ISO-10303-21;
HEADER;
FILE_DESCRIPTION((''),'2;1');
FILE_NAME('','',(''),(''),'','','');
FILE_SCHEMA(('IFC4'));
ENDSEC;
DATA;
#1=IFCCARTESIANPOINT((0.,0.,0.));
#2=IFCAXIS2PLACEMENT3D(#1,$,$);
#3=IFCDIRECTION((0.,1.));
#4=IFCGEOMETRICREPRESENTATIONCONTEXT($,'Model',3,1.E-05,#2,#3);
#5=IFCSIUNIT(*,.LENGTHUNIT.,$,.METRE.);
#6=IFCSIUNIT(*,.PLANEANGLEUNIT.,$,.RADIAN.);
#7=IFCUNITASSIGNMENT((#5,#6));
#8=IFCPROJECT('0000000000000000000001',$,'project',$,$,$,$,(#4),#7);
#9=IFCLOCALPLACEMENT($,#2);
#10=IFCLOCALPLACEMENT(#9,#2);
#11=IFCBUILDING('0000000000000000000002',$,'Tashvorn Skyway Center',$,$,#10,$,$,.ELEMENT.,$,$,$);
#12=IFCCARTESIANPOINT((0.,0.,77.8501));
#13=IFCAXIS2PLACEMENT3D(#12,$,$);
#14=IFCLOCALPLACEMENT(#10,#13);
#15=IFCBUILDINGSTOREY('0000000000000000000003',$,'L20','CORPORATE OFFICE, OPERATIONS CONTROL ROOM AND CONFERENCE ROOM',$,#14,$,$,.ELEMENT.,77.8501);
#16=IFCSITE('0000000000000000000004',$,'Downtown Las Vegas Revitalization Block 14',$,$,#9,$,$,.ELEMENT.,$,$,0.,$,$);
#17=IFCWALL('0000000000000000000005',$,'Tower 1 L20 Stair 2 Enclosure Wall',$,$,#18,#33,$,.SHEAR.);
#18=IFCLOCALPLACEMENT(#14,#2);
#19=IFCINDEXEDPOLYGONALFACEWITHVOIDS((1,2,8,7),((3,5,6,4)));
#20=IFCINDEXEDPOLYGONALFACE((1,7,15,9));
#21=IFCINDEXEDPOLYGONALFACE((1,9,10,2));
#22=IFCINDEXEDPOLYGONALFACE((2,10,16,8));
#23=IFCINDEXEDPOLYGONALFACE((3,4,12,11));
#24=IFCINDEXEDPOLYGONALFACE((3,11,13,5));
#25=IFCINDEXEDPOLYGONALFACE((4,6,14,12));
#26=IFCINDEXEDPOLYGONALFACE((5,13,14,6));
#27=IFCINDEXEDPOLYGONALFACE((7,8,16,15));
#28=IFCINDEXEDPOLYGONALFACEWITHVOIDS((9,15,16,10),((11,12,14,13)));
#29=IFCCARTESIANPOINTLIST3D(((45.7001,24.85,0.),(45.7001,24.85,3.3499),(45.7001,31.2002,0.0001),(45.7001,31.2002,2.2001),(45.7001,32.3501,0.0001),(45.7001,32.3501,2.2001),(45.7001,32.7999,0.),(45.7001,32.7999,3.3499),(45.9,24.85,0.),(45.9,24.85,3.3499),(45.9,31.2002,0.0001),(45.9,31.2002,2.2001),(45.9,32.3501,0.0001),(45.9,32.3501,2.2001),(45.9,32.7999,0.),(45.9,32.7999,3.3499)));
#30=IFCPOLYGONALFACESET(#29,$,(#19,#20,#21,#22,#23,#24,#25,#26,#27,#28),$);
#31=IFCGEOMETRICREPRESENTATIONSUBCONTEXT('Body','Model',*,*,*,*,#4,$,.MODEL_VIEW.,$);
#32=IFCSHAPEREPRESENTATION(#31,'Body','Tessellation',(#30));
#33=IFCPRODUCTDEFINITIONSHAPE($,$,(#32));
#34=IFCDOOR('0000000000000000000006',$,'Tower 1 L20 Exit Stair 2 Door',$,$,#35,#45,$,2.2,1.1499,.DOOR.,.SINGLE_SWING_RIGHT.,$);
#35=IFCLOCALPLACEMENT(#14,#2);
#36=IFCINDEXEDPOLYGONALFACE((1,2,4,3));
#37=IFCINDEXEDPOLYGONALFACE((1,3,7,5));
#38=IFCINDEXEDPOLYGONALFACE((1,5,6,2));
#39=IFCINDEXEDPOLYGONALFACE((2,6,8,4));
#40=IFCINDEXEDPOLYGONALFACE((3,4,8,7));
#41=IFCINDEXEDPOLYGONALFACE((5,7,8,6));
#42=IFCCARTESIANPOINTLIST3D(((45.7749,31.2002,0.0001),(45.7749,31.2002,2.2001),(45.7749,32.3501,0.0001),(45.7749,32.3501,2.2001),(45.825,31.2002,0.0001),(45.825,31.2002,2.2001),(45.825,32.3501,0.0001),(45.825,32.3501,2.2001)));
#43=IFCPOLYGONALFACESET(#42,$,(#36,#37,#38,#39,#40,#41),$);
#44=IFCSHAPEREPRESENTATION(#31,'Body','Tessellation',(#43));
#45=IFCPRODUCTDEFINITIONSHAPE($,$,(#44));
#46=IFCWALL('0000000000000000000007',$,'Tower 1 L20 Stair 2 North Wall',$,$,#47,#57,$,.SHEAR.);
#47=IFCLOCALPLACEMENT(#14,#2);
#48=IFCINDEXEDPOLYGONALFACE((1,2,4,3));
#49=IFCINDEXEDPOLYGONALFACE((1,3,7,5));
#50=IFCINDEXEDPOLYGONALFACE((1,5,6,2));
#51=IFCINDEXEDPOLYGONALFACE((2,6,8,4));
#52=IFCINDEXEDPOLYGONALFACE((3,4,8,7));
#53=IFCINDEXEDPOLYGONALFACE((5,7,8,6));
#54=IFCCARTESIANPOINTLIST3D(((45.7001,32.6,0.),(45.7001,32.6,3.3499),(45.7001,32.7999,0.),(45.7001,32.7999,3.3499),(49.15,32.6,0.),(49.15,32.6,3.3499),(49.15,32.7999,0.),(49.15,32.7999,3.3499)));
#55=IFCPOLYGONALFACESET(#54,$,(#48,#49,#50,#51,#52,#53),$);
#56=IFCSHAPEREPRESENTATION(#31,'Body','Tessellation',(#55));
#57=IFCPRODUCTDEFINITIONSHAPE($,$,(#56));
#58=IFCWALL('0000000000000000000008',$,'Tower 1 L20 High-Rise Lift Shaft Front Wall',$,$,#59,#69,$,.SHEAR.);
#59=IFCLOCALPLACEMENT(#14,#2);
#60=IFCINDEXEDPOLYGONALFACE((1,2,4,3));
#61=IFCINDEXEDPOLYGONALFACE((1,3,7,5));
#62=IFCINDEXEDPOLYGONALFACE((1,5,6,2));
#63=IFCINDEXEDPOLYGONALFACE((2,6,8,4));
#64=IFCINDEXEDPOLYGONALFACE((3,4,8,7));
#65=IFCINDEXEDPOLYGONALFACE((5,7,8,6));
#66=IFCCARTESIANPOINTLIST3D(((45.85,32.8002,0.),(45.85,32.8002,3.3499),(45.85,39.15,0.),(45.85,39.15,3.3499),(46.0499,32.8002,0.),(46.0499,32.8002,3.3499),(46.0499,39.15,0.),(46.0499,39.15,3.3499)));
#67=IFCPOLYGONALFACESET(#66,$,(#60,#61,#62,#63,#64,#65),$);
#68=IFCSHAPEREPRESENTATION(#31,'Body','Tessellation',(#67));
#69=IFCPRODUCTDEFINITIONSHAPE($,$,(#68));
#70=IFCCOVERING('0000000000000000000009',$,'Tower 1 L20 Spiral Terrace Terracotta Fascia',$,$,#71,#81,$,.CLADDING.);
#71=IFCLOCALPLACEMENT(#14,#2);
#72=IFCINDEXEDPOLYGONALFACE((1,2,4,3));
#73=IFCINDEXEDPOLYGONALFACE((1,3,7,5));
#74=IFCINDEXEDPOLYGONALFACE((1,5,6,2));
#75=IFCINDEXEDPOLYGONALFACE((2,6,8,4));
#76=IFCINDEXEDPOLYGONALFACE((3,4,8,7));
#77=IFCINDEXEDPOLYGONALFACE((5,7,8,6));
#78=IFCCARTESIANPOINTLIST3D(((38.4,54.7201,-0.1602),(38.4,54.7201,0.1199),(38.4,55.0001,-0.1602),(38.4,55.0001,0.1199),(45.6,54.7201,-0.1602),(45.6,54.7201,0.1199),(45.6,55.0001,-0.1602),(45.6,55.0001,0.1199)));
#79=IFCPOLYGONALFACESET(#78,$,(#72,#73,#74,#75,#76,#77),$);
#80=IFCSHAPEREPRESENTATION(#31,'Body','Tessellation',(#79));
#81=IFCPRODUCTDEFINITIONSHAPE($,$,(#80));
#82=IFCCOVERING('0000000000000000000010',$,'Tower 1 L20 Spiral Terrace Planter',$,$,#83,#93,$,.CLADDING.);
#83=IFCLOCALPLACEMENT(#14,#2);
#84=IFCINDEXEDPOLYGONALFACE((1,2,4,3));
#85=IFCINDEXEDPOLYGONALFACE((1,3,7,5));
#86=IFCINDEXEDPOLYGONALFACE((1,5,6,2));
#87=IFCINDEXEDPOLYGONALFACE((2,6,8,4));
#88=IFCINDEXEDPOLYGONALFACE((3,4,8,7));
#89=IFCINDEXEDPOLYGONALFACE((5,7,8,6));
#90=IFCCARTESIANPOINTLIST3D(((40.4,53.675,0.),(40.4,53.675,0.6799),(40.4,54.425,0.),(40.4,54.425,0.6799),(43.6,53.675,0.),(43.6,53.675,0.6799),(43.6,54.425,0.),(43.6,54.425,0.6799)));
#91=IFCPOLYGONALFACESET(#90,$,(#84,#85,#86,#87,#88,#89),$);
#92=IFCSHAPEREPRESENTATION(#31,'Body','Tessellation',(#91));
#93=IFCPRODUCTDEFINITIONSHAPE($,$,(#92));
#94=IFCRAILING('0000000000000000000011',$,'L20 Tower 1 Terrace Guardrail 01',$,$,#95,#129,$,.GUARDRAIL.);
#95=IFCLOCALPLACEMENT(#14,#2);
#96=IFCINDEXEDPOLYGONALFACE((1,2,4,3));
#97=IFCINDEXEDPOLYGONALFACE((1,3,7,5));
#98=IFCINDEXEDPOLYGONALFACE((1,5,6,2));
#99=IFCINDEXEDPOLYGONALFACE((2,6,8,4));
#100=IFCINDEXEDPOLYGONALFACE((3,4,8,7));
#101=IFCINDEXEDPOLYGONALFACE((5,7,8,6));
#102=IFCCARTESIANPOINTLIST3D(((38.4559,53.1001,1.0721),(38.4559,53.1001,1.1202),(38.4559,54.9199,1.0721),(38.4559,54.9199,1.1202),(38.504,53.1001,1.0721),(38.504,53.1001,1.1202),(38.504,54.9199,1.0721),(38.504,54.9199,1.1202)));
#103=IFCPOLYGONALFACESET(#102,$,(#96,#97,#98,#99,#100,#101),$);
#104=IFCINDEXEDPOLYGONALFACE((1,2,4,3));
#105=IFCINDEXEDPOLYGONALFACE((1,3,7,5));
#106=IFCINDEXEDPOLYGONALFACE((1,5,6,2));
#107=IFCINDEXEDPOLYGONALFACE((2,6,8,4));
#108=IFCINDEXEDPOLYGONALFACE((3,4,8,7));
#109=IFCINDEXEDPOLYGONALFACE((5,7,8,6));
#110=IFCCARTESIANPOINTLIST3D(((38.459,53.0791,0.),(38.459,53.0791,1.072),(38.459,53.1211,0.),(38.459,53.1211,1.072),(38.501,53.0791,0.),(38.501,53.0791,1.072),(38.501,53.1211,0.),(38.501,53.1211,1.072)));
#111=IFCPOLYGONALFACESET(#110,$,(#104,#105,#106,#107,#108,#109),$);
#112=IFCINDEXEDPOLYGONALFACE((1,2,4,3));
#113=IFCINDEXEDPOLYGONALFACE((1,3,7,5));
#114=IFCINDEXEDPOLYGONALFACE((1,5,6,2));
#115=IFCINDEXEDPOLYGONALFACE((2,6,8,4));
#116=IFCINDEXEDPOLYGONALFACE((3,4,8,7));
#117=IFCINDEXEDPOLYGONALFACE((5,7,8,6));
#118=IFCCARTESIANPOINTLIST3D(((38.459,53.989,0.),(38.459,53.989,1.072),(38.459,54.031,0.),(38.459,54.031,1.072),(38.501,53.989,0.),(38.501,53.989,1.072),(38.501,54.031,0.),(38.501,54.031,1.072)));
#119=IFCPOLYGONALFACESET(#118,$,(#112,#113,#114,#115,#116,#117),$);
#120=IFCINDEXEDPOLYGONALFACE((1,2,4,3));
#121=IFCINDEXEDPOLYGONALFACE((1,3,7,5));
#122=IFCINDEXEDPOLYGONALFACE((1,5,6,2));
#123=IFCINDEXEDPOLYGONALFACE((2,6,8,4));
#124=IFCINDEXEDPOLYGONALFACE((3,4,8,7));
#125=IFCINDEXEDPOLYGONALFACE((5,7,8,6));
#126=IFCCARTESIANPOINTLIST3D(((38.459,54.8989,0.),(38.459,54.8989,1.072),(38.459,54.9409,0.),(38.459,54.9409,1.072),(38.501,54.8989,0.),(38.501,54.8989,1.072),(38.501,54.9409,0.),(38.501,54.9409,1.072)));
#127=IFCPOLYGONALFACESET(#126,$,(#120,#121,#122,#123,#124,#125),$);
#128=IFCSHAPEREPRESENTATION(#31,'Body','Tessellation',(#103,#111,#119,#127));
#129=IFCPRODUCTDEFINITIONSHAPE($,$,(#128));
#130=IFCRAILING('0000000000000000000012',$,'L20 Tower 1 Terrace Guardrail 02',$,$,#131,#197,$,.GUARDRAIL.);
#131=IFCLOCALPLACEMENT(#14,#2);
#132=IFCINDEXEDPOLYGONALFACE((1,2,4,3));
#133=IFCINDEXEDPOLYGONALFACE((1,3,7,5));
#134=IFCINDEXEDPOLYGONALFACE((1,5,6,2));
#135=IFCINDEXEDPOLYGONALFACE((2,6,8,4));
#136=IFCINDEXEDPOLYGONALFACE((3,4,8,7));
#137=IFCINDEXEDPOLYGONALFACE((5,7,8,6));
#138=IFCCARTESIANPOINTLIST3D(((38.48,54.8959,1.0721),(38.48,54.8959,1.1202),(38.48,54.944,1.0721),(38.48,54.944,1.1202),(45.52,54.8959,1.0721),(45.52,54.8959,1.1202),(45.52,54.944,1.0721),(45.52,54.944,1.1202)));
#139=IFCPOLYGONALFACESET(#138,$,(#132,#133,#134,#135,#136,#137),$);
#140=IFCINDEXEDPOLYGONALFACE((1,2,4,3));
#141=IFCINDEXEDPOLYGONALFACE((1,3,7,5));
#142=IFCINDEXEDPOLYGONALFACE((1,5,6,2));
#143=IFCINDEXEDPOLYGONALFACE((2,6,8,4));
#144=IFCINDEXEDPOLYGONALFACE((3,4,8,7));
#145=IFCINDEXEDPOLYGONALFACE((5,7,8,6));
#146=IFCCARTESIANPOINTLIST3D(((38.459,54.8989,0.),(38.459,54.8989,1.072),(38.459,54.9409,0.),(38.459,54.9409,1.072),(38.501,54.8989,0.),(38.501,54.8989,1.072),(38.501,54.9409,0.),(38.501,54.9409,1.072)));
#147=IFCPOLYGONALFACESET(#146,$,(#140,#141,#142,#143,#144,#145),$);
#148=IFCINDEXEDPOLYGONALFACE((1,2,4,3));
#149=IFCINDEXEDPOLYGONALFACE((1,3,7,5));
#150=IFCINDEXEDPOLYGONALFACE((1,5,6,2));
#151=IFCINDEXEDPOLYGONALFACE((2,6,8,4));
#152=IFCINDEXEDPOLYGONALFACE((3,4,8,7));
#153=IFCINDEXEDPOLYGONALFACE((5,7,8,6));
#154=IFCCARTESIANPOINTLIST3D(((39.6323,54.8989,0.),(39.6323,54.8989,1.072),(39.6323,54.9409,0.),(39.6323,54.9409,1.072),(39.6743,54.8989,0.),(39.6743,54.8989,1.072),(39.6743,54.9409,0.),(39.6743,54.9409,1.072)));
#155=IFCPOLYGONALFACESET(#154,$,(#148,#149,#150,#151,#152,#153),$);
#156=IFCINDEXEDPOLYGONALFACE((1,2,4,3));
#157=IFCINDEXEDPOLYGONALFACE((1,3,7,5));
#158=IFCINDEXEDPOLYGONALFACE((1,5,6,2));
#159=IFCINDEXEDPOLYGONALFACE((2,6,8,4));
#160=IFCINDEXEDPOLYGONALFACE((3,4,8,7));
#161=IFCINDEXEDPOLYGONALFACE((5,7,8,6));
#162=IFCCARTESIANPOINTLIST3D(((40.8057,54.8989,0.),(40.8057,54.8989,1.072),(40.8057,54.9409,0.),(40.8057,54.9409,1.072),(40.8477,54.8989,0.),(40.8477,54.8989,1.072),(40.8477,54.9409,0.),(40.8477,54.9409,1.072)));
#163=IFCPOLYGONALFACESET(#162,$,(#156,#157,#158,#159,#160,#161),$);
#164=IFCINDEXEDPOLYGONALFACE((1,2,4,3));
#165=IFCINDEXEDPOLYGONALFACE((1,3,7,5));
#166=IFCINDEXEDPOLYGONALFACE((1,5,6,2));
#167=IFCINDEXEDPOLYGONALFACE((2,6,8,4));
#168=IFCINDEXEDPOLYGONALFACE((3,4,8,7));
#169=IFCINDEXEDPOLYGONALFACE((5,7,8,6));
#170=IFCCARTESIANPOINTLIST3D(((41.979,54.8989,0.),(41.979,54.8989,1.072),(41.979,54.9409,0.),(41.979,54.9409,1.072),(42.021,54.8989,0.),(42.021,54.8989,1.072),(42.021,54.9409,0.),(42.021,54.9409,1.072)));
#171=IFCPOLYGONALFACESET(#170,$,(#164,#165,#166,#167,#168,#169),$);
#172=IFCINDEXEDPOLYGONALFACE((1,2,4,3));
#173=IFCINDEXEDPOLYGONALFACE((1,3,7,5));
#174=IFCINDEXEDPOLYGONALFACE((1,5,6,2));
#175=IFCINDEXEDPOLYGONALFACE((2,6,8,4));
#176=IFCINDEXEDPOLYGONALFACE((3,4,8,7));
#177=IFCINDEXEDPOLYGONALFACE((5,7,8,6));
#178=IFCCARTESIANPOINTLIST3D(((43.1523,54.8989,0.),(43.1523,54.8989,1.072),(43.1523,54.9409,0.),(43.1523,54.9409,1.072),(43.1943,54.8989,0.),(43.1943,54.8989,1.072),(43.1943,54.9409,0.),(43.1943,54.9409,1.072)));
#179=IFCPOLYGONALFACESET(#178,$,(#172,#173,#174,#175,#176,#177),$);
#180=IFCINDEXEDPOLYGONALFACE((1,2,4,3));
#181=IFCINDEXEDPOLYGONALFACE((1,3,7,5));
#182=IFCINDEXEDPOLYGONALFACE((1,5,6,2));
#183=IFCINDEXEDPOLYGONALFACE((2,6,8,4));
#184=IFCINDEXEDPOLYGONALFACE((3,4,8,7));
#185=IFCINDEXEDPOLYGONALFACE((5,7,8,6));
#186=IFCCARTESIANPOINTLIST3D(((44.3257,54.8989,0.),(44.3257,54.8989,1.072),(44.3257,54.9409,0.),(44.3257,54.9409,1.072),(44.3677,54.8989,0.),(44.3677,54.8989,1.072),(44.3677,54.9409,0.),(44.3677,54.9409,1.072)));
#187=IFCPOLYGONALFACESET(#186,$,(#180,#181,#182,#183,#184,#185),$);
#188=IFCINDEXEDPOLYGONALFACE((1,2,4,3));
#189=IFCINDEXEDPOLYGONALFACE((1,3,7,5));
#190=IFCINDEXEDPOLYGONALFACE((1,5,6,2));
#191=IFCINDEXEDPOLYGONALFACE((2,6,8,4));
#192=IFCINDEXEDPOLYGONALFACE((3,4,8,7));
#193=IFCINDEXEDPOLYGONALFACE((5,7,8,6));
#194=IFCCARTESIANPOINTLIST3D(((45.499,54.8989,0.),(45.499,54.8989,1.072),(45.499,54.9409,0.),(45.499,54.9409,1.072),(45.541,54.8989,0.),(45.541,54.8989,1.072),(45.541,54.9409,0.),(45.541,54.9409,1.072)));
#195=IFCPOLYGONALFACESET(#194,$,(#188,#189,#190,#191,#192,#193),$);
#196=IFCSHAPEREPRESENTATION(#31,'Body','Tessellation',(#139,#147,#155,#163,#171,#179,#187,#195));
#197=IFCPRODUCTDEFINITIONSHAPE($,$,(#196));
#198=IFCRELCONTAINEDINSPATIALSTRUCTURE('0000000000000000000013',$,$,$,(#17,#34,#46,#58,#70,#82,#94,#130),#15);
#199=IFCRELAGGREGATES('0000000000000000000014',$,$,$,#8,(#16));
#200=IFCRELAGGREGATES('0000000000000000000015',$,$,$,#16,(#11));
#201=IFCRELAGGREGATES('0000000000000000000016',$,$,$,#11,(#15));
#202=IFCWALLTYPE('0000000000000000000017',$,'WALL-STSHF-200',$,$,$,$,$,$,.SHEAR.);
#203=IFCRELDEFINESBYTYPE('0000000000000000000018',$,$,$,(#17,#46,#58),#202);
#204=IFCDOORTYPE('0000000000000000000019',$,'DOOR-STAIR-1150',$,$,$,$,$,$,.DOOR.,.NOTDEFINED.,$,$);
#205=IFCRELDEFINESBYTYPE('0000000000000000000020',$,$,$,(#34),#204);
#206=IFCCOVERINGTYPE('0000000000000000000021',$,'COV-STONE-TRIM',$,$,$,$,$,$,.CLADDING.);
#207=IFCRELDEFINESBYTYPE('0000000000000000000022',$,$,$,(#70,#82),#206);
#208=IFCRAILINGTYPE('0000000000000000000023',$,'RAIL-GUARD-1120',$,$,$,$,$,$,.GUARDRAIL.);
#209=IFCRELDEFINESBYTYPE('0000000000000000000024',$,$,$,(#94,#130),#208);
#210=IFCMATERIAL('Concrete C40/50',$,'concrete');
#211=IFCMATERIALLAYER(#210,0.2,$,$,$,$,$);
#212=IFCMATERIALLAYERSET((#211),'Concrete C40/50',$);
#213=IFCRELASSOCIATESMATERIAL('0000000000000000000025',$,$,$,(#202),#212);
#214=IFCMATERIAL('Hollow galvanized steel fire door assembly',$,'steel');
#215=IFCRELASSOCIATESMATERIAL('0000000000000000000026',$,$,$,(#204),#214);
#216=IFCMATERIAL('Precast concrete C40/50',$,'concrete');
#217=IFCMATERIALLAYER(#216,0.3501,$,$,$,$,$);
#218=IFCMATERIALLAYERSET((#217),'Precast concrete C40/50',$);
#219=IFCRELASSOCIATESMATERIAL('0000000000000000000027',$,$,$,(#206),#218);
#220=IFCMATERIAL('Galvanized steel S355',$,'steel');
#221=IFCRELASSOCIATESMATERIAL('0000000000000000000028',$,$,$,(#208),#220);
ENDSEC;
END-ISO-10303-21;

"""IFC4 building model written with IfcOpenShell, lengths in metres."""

from ifc_helpers import new_model, si_unit, direction, frame, frame_2d, origin, origin_2d, place, context, subcontext, project, spatial, rectangle, extrude, material, layer, layer_set, type_object, element, fill, save


model = new_model("IFC4")

# Units and contexts
model_context = context("Model", 3, precision=1e-05, world=origin(), true_north=direction((0.0, 1.0)))
body_context = subcontext(model_context, "Body", "Model", "MODEL_VIEW")
ifc_project = project(units=[si_unit("LENGTHUNIT", "METRE"), si_unit("PLANEANGLEUNIT", "RADIAN")], contexts=[model_context])

# Site, building, storey
site_placement = place(None, origin())
site = spatial("IfcSite", under=ifc_project, at=site_placement, Name="Downtown Las Vegas Revitalization Block 14", CompositionType="ELEMENT", RefElevation=0.0)
building_placement = place(site_placement, origin())
building = spatial("IfcBuilding", under=site, at=building_placement, Name="Tashvorn Skyway Center", CompositionType="ELEMENT")
storey_placement = place(building_placement, frame((0.0, 0.0, 77.8501)))
storey = spatial("IfcBuildingStorey", under=building, at=storey_placement, Name="L20", Description="CORPORATE OFFICE, OPERATIONS CONTROL ROOM AND CONFERENCE ROOM", CompositionType="ELEMENT", Elevation=77.8501)

# Shared definitions
ifc_material_1 = material(Name="Precast concrete C40/50", Category="concrete")

# Shared definitions
ifc_material_2 = material(Name="Concrete C40/50", Category="concrete")

# Shared definitions
ifc_material_3 = material(Name="Hollow galvanized steel fire door assembly", Category="steel")

# Wall, opening, door
ifc_layer_1 = layer(ifc_material_2, 0.2)
ifc_layer_set_1 = layer_set([ifc_layer_1], Name="Concrete C40/50")
wall_type_1 = type_object("IfcWallType", Name="WALL-STSHF-200", PredefinedType="SHEAR", material=ifc_layer_set_1)
wall_1_placement = place(storey_placement, frame((45.8, 32.8, 0.0), z_axis=(0.0, 0.0, 1.0), x_axis=(0.0, -1.0, 0.0)))
wall_1 = element("IfcWall", 1, at=wall_1_placement, inside=storey, type_object=wall_type_1, Name="Tower 1 L20 Stair 2 Enclosure Wall", PredefinedType="SHEAR", context=body_context, shape_type="SweptSolid", body=[
    extrude(rectangle(XDim=7.95, YDim=0.2, at=frame_2d((3.9751, 0.0))), origin(), (0.0, 0.0, 1.0), 3.3499),
])
opening_1_placement = place(wall_1_placement, frame((0.45, 0.0, 0.0)))
opening_1 = element("IfcOpeningElement", 2, at=opening_1_placement, cuts=wall_1, PredefinedType="OPENING", context=body_context, shape_type="SweptSolid", body=[
    extrude(rectangle(XDim=1.1499, YDim=2.2, at=frame_2d((0.575, 1.1001))), frame((0.0, 0.1099, 0.0), z_axis=(0.0, -1.0, 0.0), x_axis=(1.0, 0.0, 0.0)), (0.0, 0.0, 1.0), 0.22),
])
door_type_1 = type_object("IfcDoorType", Name="DOOR-STAIR-1150", OperationType="NOTDEFINED", PredefinedType="DOOR", material=ifc_material_3)
door_1_placement = place(opening_1_placement, origin())
door_1 = element("IfcDoor", 3, at=door_1_placement, inside=storey, type_object=door_type_1, Name="Tower 1 L20 Exit Stair 2 Door", OperationType="SINGLE_SWING_RIGHT", OverallHeight=2.2, OverallWidth=1.1499, PredefinedType="DOOR", context=body_context, shape_type="SweptSolid", body=[
    extrude(rectangle(XDim=1.1499, YDim=2.2, at=frame_2d((0.575, 1.1001))), frame((0.0, 0.0249, 0.0), z_axis=(0.0, -1.0, 0.0), x_axis=(1.0, 0.0, 0.0)), (0.0, 0.0, 1.0), 0.05),
])
fill(opening_1, door_1)

# Walls
wall_2_placement = place(storey_placement, frame((45.7, 32.7, 0.0), z_axis=(0.0, 0.0, 1.0), x_axis=(1.0, 0.0, 0.0)))
element("IfcWall", 4, at=wall_2_placement, inside=storey, type_object=wall_type_1, Name="Tower 1 L20 Stair 2 North Wall", PredefinedType="SHEAR", context=body_context, shape_type="SweptSolid", body=[
    extrude(rectangle(XDim=3.45, YDim=0.2, at=frame_2d((1.7251, 0.0))), origin(), (0.0, 0.0, 1.0), 3.3499),
])
wall_3_placement = place(storey_placement, frame((45.95, 39.1499, 0.0), z_axis=(0.0, 0.0, 1.0), x_axis=(0.0, -1.0, 0.0)))
element("IfcWall", 5, at=wall_3_placement, inside=storey, type_object=wall_type_1, Name="Tower 1 L20 High-Rise Lift Shaft Front Wall", PredefinedType="SHEAR", context=body_context, shape_type="SweptSolid", body=[
    extrude(rectangle(XDim=6.3499, YDim=0.2, at=frame_2d((3.1748, 0.0))), origin(), (0.0, 0.0, 1.0), 3.3499),
])

# Coverings
ifc_layer_2 = layer(ifc_material_1, 0.3501)
ifc_layer_set_2 = layer_set([ifc_layer_2], Name="Precast concrete C40/50")
covering_type = type_object("IfcCoveringType", Name="COV-STONE-TRIM", PredefinedType="CLADDING", material=ifc_layer_set_2)
covering_1_placement = place(storey_placement, frame((42.0, 54.8601, -0.1602), z_axis=(0.0, 0.0, 1.0), x_axis=(1.0, 0.0, 0.0)))
element("IfcCovering", 6, at=covering_1_placement, inside=storey, type_object=covering_type, Name="Tower 1 L20 Spiral Terrace Terracotta Fascia", PredefinedType="CLADDING", context=body_context, shape_type="SweptSolid", body=[
    extrude(rectangle(XDim=7.2, YDim=0.28, at=origin_2d()), origin(), (0.0, 0.0, 1.0), 0.28),
])
covering_2_placement = place(storey_placement, frame((42.0, 54.05, 0.0), z_axis=(0.0, 0.0, 1.0), x_axis=(1.0, 0.0, 0.0)))
element("IfcCovering", 7, at=covering_2_placement, inside=storey, type_object=covering_type, Name="Tower 1 L20 Spiral Terrace Planter", PredefinedType="CLADDING", context=body_context, shape_type="SweptSolid", body=[
    extrude(rectangle(XDim=3.2, YDim=0.75, at=origin_2d()), origin(), (0.0, 0.0, 1.0), 0.6799),
])

# Railings
ifc_material_4 = material(Name="Galvanized steel S355", Category="steel")
railing_type_1 = type_object("IfcRailingType", Name="RAIL-GUARD-1120", PredefinedType="GUARDRAIL", material=ifc_material_4)
railing_1_placement = place(storey_placement, frame((38.48, 53.1001, 0.0)))
element("IfcRailing", 8, at=railing_1_placement, inside=storey, type_object=railing_type_1, Name="L20 Tower 1 Terrace Guardrail 01", PredefinedType="GUARDRAIL", context=body_context, shape_type="SweptSolid", body=[
    extrude(rectangle(XDim=0.0481, YDim=0.0481, at=origin_2d()), frame((0.0, 0.0, 1.0962), z_axis=(0.0, 1.0, 0.0), x_axis=(-1.0, 0.0, 0.0)), (0.0, 0.0, 1.0), 1.8198),
    extrude(rectangle(XDim=0.042, YDim=0.042, at=origin_2d()), origin(), (0.0, 0.0, 1.0), 1.072),
    extrude(rectangle(XDim=0.042, YDim=0.042, at=origin_2d()), frame((0.0, 0.9099, 0.0)), (0.0, 0.0, 1.0), 1.072),
    extrude(rectangle(XDim=0.042, YDim=0.042, at=origin_2d()), frame((0.0, 1.8198, 0.0)), (0.0, 0.0, 1.0), 1.072),
])
railing_2_placement = place(storey_placement, frame((38.48, 54.9199, 0.0)))
element("IfcRailing", 9, at=railing_2_placement, inside=storey, type_object=railing_type_1, Name="L20 Tower 1 Terrace Guardrail 02", PredefinedType="GUARDRAIL", context=body_context, shape_type="SweptSolid", body=[
    extrude(rectangle(XDim=0.0481, YDim=0.0481, at=origin_2d()), frame((0.0, 0.0, 1.0962), z_axis=(1.0, 0.0, 0.0), x_axis=(0.0, 1.0, 0.0)), (0.0, 0.0, 1.0), 7.04),
    extrude(rectangle(XDim=0.042, YDim=0.042, at=origin_2d()), origin(), (0.0, 0.0, 1.0), 1.072),
    extrude(rectangle(XDim=0.042, YDim=0.042, at=origin_2d()), frame((1.1733, 0.0, 0.0)), (0.0, 0.0, 1.0), 1.072),
    extrude(rectangle(XDim=0.042, YDim=0.042, at=origin_2d()), frame((2.3467, 0.0, 0.0)), (0.0, 0.0, 1.0), 1.072),
    extrude(rectangle(XDim=0.042, YDim=0.042, at=origin_2d()), frame((3.52, 0.0, 0.0)), (0.0, 0.0, 1.0), 1.072),
    extrude(rectangle(XDim=0.042, YDim=0.042, at=origin_2d()), frame((4.6934, 0.0, 0.0)), (0.0, 0.0, 1.0), 1.072),
    extrude(rectangle(XDim=0.042, YDim=0.042, at=origin_2d()), frame((5.8667, 0.0, 0.0)), (0.0, 0.0, 1.0), 1.072),
    extrude(rectangle(XDim=0.042, YDim=0.042, at=origin_2d()), frame((7.04, 0.0, 0.0)), (0.0, 0.0, 1.0), 1.072),
])

save(model, "model.ifc")
